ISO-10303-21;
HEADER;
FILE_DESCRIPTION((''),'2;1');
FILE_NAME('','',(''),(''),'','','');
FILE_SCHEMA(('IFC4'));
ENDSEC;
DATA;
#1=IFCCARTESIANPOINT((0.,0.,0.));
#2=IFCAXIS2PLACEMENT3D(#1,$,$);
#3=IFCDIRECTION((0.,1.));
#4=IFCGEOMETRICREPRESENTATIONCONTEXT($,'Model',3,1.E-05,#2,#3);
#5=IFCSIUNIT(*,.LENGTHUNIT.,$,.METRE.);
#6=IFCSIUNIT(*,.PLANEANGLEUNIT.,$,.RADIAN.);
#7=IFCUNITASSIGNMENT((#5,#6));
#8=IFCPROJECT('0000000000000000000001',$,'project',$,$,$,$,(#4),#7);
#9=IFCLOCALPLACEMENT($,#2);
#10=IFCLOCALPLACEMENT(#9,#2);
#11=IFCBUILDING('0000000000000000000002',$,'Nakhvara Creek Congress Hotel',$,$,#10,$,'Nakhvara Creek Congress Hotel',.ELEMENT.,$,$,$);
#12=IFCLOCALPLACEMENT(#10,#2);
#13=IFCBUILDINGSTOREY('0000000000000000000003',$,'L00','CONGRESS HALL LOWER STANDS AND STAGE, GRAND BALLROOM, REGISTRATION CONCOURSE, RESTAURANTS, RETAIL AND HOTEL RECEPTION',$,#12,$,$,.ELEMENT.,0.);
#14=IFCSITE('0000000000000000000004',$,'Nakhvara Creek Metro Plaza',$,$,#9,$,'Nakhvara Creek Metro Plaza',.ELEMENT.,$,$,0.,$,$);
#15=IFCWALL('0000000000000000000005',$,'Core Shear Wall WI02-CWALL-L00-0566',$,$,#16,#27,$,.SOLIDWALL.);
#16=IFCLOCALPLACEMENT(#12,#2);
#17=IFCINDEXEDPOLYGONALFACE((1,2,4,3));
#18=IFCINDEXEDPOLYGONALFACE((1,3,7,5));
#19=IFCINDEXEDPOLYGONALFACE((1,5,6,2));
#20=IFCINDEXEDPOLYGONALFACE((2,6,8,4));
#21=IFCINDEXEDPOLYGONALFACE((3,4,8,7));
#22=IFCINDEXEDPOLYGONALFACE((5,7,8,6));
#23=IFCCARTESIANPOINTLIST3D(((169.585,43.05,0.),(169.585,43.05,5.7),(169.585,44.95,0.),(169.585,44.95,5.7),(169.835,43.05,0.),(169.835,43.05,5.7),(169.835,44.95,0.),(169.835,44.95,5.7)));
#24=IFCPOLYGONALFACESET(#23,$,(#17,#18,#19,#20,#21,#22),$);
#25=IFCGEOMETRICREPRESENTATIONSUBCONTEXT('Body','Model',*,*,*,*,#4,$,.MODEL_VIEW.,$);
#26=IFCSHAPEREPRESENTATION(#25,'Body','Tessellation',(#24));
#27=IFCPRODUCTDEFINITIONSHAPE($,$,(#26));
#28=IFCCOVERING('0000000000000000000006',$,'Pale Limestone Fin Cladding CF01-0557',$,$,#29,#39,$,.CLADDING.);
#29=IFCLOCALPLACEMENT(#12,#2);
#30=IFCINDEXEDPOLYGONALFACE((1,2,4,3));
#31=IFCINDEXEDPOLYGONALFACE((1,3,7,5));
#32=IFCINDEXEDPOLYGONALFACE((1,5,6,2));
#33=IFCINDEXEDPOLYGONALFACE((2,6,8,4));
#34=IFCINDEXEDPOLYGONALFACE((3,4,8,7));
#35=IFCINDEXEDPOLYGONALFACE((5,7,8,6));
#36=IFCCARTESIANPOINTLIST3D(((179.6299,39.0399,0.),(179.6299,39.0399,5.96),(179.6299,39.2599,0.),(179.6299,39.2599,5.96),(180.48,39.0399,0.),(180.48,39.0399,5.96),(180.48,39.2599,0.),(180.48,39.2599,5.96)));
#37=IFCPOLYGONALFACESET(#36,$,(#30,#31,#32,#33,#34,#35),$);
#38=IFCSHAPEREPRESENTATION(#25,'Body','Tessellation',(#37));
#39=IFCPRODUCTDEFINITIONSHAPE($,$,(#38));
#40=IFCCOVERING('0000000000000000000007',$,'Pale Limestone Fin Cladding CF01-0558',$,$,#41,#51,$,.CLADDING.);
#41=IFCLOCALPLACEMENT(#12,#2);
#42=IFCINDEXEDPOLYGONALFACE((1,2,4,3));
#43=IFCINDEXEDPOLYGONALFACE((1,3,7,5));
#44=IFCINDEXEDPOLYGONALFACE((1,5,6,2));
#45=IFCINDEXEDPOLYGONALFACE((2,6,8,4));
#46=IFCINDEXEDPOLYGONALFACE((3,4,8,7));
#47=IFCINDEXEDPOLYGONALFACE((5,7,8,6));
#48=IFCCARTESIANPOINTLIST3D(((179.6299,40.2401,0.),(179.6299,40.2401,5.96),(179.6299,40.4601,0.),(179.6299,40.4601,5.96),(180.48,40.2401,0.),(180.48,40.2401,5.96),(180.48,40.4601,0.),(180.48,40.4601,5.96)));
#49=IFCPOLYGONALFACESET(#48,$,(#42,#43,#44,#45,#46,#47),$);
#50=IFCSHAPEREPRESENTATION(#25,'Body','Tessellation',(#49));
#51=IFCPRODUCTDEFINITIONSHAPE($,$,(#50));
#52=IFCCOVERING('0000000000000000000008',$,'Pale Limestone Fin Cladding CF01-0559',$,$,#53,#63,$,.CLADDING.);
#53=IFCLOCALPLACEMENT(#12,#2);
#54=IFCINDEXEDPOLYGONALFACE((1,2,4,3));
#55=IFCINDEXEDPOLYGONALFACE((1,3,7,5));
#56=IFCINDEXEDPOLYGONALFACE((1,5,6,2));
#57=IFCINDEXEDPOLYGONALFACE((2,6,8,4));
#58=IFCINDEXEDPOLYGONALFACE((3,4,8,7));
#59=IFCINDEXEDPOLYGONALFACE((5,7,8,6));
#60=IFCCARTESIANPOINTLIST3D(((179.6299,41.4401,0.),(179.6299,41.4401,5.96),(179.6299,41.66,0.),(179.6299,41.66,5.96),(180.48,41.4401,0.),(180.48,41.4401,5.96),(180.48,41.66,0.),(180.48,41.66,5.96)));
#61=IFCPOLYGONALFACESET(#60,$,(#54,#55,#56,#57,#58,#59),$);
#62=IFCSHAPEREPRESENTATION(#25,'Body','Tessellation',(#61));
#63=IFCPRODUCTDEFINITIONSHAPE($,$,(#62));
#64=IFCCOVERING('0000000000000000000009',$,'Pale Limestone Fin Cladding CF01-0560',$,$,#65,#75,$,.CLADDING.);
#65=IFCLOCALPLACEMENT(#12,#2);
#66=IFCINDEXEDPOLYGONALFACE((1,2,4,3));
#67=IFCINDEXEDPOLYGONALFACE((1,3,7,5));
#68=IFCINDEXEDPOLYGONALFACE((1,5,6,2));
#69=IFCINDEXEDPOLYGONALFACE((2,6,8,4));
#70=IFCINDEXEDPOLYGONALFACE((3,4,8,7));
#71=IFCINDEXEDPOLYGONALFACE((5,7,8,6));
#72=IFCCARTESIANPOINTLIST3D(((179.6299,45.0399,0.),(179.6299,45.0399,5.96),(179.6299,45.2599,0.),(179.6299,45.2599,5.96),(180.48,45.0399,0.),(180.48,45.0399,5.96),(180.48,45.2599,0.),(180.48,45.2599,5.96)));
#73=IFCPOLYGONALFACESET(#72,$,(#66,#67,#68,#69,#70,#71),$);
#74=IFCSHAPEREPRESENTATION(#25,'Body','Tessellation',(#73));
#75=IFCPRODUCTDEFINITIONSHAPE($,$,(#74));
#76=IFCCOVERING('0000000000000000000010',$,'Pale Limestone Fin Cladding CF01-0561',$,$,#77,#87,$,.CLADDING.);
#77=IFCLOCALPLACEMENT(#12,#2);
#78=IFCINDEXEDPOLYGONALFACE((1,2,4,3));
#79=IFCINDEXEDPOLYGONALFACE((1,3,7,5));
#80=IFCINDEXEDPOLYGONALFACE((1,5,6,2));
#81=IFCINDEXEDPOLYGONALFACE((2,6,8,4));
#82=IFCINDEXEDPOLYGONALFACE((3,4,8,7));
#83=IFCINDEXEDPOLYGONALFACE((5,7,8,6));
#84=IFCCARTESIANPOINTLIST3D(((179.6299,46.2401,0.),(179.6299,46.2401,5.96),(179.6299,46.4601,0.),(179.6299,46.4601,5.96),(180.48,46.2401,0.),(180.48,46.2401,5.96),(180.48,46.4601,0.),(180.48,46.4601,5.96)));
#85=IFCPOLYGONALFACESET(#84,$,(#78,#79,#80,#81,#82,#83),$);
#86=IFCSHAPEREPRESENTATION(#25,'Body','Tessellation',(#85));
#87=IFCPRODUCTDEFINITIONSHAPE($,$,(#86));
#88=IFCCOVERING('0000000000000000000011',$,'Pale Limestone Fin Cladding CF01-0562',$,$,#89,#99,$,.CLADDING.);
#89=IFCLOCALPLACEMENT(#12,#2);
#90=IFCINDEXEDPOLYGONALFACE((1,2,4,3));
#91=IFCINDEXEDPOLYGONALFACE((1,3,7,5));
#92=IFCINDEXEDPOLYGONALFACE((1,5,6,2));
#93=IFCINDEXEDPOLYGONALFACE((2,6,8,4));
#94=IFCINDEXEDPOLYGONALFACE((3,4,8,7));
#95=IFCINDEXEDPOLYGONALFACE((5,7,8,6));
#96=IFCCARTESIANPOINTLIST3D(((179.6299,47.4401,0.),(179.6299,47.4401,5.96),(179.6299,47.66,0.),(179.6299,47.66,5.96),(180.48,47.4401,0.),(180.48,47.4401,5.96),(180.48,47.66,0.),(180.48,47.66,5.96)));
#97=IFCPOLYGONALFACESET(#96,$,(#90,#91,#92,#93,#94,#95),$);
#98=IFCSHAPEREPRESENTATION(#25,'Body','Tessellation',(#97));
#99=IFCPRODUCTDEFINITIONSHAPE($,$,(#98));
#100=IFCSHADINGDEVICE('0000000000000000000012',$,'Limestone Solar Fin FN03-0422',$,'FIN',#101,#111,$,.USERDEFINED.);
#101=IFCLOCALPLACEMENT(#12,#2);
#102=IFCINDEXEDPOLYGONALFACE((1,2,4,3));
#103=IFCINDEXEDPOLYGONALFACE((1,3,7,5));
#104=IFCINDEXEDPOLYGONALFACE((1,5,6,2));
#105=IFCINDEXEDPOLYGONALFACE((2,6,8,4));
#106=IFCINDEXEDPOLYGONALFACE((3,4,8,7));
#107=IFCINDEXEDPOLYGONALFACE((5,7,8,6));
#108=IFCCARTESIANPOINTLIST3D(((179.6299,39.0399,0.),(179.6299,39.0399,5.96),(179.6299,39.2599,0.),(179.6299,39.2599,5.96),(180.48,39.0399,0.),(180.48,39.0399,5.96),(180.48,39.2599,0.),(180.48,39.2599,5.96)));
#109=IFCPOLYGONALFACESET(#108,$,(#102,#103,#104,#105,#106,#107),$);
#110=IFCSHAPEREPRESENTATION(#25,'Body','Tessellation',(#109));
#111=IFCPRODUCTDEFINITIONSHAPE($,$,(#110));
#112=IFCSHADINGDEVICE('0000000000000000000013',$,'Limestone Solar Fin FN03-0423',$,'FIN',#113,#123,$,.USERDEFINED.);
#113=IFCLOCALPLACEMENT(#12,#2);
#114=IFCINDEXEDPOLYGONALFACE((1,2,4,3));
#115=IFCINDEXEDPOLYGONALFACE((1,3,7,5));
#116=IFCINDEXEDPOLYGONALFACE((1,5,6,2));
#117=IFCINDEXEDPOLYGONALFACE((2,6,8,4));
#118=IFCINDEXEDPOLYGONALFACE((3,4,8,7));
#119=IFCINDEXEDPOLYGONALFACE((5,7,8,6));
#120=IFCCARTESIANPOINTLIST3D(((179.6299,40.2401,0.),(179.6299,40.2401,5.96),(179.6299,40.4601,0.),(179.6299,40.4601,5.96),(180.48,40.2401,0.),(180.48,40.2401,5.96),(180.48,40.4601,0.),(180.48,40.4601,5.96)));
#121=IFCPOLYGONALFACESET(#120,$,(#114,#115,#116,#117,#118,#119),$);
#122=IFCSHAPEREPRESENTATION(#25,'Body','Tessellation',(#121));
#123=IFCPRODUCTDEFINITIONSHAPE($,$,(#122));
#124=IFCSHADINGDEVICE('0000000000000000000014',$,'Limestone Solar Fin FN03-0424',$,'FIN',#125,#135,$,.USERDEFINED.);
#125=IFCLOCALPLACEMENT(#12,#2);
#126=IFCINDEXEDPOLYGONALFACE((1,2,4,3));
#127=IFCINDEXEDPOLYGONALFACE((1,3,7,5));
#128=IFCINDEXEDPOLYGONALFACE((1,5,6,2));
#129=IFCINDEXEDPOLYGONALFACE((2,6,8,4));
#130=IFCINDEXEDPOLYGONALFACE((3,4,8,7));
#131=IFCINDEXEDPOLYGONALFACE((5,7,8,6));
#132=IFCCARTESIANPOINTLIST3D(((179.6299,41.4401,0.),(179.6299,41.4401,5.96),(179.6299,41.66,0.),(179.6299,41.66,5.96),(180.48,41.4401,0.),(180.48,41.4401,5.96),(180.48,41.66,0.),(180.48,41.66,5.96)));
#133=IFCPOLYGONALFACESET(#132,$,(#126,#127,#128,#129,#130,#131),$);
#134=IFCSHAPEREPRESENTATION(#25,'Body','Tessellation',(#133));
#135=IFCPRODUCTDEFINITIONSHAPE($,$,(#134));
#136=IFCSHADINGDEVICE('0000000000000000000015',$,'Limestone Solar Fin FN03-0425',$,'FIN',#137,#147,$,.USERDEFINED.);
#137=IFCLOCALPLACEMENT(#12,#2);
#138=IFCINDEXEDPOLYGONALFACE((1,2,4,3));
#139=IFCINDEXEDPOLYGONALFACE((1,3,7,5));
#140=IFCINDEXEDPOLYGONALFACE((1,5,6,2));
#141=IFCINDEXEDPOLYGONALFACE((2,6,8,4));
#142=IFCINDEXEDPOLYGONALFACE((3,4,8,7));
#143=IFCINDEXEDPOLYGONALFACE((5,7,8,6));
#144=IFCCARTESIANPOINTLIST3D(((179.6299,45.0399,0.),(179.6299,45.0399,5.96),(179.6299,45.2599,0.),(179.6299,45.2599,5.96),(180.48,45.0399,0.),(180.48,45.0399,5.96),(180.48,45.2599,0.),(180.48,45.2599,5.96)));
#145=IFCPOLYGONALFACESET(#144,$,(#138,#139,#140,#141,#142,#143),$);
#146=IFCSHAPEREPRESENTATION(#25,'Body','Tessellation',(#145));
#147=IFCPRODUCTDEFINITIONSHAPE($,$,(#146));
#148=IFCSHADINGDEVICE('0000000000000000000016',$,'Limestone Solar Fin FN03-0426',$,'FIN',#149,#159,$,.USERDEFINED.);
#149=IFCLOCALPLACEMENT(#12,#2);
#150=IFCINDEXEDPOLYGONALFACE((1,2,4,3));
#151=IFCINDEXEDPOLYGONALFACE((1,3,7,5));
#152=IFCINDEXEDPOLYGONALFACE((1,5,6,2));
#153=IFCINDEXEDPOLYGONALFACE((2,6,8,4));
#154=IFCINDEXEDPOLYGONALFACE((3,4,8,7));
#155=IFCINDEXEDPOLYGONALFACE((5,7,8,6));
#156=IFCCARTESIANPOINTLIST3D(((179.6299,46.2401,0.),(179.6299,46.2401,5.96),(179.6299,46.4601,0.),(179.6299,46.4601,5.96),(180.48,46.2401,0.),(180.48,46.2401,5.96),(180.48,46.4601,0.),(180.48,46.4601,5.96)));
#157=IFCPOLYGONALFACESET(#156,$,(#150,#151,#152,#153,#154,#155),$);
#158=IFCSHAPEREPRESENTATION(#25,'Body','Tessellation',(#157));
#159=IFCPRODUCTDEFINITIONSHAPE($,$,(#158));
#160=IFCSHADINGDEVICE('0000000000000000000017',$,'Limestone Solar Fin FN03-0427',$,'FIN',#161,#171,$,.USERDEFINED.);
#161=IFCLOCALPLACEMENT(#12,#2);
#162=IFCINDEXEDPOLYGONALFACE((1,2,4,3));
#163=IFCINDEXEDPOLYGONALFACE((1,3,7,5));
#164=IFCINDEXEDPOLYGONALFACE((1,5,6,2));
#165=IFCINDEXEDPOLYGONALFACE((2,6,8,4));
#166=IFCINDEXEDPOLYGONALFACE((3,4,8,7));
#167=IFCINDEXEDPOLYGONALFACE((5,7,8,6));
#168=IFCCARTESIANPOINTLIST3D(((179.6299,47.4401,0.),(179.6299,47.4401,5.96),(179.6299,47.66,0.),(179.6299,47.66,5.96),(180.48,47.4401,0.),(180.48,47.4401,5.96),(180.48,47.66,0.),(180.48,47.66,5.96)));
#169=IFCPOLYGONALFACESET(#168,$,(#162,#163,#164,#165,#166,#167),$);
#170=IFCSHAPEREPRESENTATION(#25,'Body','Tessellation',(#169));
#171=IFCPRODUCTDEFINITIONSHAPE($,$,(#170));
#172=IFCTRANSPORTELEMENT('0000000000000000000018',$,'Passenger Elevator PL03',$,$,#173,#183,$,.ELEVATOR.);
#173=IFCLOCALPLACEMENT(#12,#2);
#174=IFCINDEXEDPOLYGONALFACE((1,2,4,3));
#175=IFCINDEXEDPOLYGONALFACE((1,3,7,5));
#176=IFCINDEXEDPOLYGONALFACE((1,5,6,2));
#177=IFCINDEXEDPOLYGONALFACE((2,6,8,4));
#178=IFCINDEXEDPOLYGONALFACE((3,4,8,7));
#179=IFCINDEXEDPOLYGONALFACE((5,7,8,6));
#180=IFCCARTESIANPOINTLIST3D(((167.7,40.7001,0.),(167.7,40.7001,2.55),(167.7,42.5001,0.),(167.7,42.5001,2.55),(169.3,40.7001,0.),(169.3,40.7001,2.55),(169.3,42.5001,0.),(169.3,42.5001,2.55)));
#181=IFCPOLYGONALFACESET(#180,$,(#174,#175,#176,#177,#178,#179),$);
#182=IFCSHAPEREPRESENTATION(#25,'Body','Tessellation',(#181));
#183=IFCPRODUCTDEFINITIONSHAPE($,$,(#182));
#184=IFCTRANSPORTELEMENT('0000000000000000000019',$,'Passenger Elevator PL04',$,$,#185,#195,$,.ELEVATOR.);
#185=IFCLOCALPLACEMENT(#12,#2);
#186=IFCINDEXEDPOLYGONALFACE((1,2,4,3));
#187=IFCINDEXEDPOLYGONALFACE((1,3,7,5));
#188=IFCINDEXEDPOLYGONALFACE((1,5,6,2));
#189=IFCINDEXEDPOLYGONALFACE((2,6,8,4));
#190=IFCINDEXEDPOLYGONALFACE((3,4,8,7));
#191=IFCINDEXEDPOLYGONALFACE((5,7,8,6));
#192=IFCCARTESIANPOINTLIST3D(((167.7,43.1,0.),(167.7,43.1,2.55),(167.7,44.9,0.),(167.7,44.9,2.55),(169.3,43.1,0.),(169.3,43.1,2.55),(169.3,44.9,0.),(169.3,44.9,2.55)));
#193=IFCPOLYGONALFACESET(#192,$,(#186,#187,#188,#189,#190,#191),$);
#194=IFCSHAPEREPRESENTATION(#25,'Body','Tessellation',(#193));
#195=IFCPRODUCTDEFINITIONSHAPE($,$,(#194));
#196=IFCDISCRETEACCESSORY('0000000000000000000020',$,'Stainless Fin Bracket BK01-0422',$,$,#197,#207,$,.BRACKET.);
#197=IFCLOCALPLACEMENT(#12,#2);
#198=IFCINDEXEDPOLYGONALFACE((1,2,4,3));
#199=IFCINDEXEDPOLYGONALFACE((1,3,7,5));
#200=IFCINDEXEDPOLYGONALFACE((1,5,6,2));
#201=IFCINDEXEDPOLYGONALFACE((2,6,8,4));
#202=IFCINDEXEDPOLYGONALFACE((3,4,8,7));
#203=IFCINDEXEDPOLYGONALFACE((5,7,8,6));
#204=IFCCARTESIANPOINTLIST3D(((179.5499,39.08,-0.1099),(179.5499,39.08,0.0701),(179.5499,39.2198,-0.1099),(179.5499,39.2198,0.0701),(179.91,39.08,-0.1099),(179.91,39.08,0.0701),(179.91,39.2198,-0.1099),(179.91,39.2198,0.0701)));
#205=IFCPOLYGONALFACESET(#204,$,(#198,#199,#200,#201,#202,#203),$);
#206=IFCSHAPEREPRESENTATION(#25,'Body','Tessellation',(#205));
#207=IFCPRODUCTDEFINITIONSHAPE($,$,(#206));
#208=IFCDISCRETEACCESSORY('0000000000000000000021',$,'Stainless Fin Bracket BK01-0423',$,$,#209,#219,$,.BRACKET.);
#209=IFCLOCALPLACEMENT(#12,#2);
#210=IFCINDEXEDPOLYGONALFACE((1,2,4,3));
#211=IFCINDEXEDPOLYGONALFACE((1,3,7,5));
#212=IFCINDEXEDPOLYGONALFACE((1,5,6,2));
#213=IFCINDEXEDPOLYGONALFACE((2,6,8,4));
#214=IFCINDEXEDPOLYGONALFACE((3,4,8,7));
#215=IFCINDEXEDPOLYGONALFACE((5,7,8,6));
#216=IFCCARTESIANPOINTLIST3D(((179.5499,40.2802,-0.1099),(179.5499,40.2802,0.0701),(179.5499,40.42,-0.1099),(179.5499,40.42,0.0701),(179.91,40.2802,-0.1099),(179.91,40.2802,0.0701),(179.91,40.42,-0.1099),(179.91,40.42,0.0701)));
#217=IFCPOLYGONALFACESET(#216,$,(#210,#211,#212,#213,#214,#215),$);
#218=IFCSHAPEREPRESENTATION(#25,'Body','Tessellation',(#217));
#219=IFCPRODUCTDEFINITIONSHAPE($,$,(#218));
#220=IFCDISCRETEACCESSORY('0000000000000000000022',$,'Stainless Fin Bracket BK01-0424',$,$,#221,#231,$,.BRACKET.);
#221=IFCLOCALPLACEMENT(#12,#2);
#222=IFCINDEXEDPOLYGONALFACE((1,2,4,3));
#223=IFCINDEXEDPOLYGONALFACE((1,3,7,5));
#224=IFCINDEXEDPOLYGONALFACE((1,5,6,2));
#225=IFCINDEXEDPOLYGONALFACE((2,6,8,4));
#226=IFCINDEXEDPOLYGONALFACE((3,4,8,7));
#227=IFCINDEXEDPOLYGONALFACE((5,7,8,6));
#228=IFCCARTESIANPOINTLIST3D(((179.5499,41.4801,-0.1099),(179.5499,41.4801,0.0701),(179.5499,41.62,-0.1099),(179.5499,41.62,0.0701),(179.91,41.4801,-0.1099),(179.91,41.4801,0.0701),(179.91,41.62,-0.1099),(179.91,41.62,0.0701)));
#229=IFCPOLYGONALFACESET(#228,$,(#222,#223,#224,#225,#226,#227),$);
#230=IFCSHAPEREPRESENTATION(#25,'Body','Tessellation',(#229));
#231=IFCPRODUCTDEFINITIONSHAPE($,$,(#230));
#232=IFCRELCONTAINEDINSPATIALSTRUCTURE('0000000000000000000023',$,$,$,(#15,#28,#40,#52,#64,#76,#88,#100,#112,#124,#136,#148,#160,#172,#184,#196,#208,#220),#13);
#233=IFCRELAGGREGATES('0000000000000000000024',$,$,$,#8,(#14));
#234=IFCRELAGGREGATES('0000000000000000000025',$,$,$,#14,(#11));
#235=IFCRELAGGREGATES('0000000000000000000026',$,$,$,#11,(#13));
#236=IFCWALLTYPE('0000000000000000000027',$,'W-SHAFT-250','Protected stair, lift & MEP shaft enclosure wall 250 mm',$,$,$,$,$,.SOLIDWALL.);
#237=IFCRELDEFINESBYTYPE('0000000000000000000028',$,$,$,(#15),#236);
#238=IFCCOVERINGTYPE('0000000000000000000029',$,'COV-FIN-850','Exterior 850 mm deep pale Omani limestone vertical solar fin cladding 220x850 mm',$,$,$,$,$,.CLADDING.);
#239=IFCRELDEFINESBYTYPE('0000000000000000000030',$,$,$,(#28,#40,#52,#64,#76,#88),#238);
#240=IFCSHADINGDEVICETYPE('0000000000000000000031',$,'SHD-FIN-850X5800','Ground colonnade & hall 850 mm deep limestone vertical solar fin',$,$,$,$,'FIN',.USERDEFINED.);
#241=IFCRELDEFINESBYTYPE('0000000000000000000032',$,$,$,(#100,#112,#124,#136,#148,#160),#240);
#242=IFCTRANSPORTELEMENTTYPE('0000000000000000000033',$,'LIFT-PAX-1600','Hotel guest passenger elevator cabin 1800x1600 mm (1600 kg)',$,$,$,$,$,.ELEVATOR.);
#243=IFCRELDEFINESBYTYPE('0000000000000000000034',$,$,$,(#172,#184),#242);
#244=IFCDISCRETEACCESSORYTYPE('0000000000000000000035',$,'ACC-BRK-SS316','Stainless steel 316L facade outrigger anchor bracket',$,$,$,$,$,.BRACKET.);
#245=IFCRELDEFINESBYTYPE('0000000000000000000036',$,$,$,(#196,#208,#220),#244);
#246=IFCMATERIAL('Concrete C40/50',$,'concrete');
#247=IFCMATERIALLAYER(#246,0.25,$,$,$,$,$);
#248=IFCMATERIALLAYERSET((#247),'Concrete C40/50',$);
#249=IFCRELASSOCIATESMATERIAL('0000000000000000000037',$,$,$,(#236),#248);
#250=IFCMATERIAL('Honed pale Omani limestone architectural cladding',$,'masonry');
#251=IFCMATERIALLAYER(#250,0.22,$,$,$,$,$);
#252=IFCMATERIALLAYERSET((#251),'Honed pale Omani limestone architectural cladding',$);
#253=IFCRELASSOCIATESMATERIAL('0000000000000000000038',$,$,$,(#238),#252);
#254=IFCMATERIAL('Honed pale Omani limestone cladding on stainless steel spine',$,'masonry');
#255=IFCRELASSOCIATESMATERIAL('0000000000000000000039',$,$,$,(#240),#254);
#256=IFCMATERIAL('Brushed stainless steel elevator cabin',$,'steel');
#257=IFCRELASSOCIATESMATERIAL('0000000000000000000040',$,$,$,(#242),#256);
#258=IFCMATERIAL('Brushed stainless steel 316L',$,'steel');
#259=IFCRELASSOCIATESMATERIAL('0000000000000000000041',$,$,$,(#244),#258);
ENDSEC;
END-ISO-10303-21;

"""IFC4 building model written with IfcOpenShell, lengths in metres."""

from ifc_helpers import new_model, si_unit, direction, frame, frame_2d, origin, origin_2d, place, context, subcontext, project, spatial, rectangle, extrude, material, layer, layer_set, type_object, element, save


model = new_model("IFC4")

# Units and contexts
model_context = context("Model", 3, precision=1e-05, world=origin(), true_north=direction((0.0, 1.0)))
body_context = subcontext(model_context, "Body", "Model", "MODEL_VIEW")
ifc_project = project(units=[si_unit("LENGTHUNIT", "METRE"), si_unit("PLANEANGLEUNIT", "RADIAN")], contexts=[model_context])

# Site, building, storey
site_placement = place(None, origin())
site = spatial("IfcSite", under=ifc_project, at=site_placement, Name="Nakhvara Creek Metro Plaza", LongName="Nakhvara Creek Metro Plaza", CompositionType="ELEMENT", RefElevation=0.0)
building_placement = place(site_placement, origin())
building = spatial("IfcBuilding", under=site, at=building_placement, Name="Nakhvara Creek Congress Hotel", LongName="Nakhvara Creek Congress Hotel", CompositionType="ELEMENT")
storey_placement = place(building_placement, origin())
storey = spatial("IfcBuildingStorey", under=building, at=storey_placement, Name="L00", Description="CONGRESS HALL LOWER STANDS AND STAGE, GRAND BALLROOM, REGISTRATION CONCOURSE, RESTAURANTS, RETAIL AND HOTEL RECEPTION", CompositionType="ELEMENT", Elevation=0.0)

# Shared definitions
ifc_material_1 = material(Name="Concrete C40/50", Category="concrete")

# Shared definitions
ifc_layer_1 = layer(ifc_material_1, 0.25)
ifc_layer_set_1 = layer_set([ifc_layer_1], Name="Concrete C40/50")
wall_type_1 = type_object("IfcWallType", Name="W-SHAFT-250", Description="Protected stair, lift & MEP shaft enclosure wall 250 mm", PredefinedType="SOLIDWALL", material=ifc_layer_set_1)

# Wall
wall_1_placement = place(storey_placement, frame((169.71, 43.05, 0.0), z_axis=(0.0, 0.0, 1.0), x_axis=(0.0, 1.0, 0.0)))
element("IfcWall", 1, at=wall_1_placement, inside=storey, type_object=wall_type_1, Name="Core Shear Wall WI02-CWALL-L00-0566", PredefinedType="SOLIDWALL", context=body_context, shape_type="SweptSolid", body=[
    extrude(rectangle(XDim=1.8999, YDim=0.25, at=frame_2d((0.95, 0.0))), origin(), (0.0, 0.0, 1.0), 5.7),
])

# Coverings
ifc_material_2 = material(Name="Honed pale Omani limestone architectural cladding", Category="masonry")
ifc_layer_2 = layer(ifc_material_2, 0.22)
ifc_layer_set_2 = layer_set([ifc_layer_2], Name="Honed pale Omani limestone architectural cladding")
covering_type = type_object("IfcCoveringType", Name="COV-FIN-850", Description="Exterior 850 mm deep pale Omani limestone vertical solar fin cladding 220x850 mm", PredefinedType="CLADDING", material=ifc_layer_set_2)
for number, where, z_axis, x_axis, name in (
    (2, (180.0549, 39.1499, 0.0), (0.0, 0.0, 1.0), (0.0, 1.0, 0.0), "Pale Limestone Fin Cladding CF01-0557"),
    (3, (180.0549, 40.3501, 0.0), (0.0, 0.0, 1.0), (0.0, 1.0, 0.0), "Pale Limestone Fin Cladding CF01-0558"),
    (4, (180.0549, 41.55, 0.0), (0.0, 0.0, 1.0), (0.0, 1.0, 0.0), "Pale Limestone Fin Cladding CF01-0559"),
    (5, (180.0549, 45.1499, 0.0), (0.0, 0.0, 1.0), (0.0, 1.0, 0.0), "Pale Limestone Fin Cladding CF01-0560"),
    (6, (180.0549, 46.3501, 0.0), (0.0, 0.0, 1.0), (0.0, 1.0, 0.0), "Pale Limestone Fin Cladding CF01-0561"),
    (7, (180.0549, 47.55, 0.0), (0.0, 0.0, 1.0), (0.0, 1.0, 0.0), "Pale Limestone Fin Cladding CF01-0562"),
):
    element("IfcCovering", number, at=place(storey_placement, frame(where, z_axis=z_axis, x_axis=x_axis)), inside=storey, type_object=covering_type, Name=name, PredefinedType="CLADDING", context=body_context, shape_type="SweptSolid", body=[
        extrude(rectangle(XDim=0.22, YDim=0.8501, at=origin_2d()), origin(), (0.0, 0.0, 1.0), 5.96),
    ])

# Shading devices
ifc_material_3 = material(Name="Honed pale Omani limestone cladding on stainless steel spine", Category="masonry")
shading_device_type = type_object("IfcShadingDeviceType", Name="SHD-FIN-850X5800", Description="Ground colonnade & hall 850 mm deep limestone vertical solar fin", ElementType="FIN", PredefinedType="USERDEFINED", material=ifc_material_3)
for number, where, z_axis, x_axis, name in (
    (8, (180.0549, 39.1499, 0.0), (0.0, 0.0, 1.0), (0.0, 1.0, 0.0), "Limestone Solar Fin FN03-0422"),
    (9, (180.0549, 40.3501, 0.0), (0.0, 0.0, 1.0), (0.0, 1.0, 0.0), "Limestone Solar Fin FN03-0423"),
    (10, (180.0549, 41.55, 0.0), (0.0, 0.0, 1.0), (0.0, 1.0, 0.0), "Limestone Solar Fin FN03-0424"),
    (11, (180.0549, 45.1499, 0.0), (0.0, 0.0, 1.0), (0.0, 1.0, 0.0), "Limestone Solar Fin FN03-0425"),
    (12, (180.0549, 46.3501, 0.0), (0.0, 0.0, 1.0), (0.0, 1.0, 0.0), "Limestone Solar Fin FN03-0426"),
    (13, (180.0549, 47.55, 0.0), (0.0, 0.0, 1.0), (0.0, 1.0, 0.0), "Limestone Solar Fin FN03-0427"),
):
    element("IfcShadingDevice", number, at=place(storey_placement, frame(where, z_axis=z_axis, x_axis=x_axis)), inside=storey, type_object=shading_device_type, Name=name, ObjectType="FIN", PredefinedType="USERDEFINED", context=body_context, shape_type="SweptSolid", body=[
        extrude(rectangle(XDim=0.22, YDim=0.8501, at=origin_2d()), origin(), (0.0, 0.0, 1.0), 5.96),
    ])

# Transport elements
ifc_material_4 = material(Name="Brushed stainless steel elevator cabin", Category="steel")
transport_element_type = type_object("IfcTransportElementType", Name="LIFT-PAX-1600", Description="Hotel guest passenger elevator cabin 1800x1600 mm (1600 kg)", PredefinedType="ELEVATOR", material=ifc_material_4)
for number, where, z_axis, x_axis, name in (
    (14, (168.5, 41.6001, 0.0), (0.0, 0.0, 1.0), (0.0, 1.0, 0.0), "Passenger Elevator PL03"),
    (15, (168.5, 44.0, 0.0), (0.0, 0.0, 1.0), (0.0, 1.0, 0.0), "Passenger Elevator PL04"),
):
    element("IfcTransportElement", number, at=place(storey_placement, frame(where, z_axis=z_axis, x_axis=x_axis)), inside=storey, type_object=transport_element_type, Name=name, PredefinedType="ELEVATOR", context=body_context, shape_type="SweptSolid", body=[
        extrude(rectangle(XDim=1.8, YDim=1.6001, at=origin_2d()), origin(), (0.0, 0.0, 1.0), 2.55),
    ])

# Discrete accessories
ifc_material_5 = material(Name="Brushed stainless steel 316L", Category="steel")
discrete_accessory_type = type_object("IfcDiscreteAccessoryType", Name="ACC-BRK-SS316", Description="Stainless steel 316L facade outrigger anchor bracket", PredefinedType="BRACKET", material=ifc_material_5)
for number, where, z_axis, x_axis, name in (
    (16, (179.73, 39.1499, -0.1099), (0.0, 0.0, 1.0), (0.0, 1.0, 0.0), "Stainless Fin Bracket BK01-0422"),
    (17, (179.73, 40.3501, -0.1099), (0.0, 0.0, 1.0), (0.0, 1.0, 0.0), "Stainless Fin Bracket BK01-0423"),
    (18, (179.73, 41.55, -0.1099), (0.0, 0.0, 1.0), (0.0, 1.0, 0.0), "Stainless Fin Bracket BK01-0424"),
):
    element("IfcDiscreteAccessory", number, at=place(storey_placement, frame(where, z_axis=z_axis, x_axis=x_axis)), inside=storey, type_object=discrete_accessory_type, Name=name, PredefinedType="BRACKET", context=body_context, shape_type="SweptSolid", body=[
        extrude(rectangle(XDim=0.1399, YDim=0.3601, at=origin_2d()), origin(), (0.0, 0.0, 1.0), 0.1799),
    ])

save(model, "model.ifc")
